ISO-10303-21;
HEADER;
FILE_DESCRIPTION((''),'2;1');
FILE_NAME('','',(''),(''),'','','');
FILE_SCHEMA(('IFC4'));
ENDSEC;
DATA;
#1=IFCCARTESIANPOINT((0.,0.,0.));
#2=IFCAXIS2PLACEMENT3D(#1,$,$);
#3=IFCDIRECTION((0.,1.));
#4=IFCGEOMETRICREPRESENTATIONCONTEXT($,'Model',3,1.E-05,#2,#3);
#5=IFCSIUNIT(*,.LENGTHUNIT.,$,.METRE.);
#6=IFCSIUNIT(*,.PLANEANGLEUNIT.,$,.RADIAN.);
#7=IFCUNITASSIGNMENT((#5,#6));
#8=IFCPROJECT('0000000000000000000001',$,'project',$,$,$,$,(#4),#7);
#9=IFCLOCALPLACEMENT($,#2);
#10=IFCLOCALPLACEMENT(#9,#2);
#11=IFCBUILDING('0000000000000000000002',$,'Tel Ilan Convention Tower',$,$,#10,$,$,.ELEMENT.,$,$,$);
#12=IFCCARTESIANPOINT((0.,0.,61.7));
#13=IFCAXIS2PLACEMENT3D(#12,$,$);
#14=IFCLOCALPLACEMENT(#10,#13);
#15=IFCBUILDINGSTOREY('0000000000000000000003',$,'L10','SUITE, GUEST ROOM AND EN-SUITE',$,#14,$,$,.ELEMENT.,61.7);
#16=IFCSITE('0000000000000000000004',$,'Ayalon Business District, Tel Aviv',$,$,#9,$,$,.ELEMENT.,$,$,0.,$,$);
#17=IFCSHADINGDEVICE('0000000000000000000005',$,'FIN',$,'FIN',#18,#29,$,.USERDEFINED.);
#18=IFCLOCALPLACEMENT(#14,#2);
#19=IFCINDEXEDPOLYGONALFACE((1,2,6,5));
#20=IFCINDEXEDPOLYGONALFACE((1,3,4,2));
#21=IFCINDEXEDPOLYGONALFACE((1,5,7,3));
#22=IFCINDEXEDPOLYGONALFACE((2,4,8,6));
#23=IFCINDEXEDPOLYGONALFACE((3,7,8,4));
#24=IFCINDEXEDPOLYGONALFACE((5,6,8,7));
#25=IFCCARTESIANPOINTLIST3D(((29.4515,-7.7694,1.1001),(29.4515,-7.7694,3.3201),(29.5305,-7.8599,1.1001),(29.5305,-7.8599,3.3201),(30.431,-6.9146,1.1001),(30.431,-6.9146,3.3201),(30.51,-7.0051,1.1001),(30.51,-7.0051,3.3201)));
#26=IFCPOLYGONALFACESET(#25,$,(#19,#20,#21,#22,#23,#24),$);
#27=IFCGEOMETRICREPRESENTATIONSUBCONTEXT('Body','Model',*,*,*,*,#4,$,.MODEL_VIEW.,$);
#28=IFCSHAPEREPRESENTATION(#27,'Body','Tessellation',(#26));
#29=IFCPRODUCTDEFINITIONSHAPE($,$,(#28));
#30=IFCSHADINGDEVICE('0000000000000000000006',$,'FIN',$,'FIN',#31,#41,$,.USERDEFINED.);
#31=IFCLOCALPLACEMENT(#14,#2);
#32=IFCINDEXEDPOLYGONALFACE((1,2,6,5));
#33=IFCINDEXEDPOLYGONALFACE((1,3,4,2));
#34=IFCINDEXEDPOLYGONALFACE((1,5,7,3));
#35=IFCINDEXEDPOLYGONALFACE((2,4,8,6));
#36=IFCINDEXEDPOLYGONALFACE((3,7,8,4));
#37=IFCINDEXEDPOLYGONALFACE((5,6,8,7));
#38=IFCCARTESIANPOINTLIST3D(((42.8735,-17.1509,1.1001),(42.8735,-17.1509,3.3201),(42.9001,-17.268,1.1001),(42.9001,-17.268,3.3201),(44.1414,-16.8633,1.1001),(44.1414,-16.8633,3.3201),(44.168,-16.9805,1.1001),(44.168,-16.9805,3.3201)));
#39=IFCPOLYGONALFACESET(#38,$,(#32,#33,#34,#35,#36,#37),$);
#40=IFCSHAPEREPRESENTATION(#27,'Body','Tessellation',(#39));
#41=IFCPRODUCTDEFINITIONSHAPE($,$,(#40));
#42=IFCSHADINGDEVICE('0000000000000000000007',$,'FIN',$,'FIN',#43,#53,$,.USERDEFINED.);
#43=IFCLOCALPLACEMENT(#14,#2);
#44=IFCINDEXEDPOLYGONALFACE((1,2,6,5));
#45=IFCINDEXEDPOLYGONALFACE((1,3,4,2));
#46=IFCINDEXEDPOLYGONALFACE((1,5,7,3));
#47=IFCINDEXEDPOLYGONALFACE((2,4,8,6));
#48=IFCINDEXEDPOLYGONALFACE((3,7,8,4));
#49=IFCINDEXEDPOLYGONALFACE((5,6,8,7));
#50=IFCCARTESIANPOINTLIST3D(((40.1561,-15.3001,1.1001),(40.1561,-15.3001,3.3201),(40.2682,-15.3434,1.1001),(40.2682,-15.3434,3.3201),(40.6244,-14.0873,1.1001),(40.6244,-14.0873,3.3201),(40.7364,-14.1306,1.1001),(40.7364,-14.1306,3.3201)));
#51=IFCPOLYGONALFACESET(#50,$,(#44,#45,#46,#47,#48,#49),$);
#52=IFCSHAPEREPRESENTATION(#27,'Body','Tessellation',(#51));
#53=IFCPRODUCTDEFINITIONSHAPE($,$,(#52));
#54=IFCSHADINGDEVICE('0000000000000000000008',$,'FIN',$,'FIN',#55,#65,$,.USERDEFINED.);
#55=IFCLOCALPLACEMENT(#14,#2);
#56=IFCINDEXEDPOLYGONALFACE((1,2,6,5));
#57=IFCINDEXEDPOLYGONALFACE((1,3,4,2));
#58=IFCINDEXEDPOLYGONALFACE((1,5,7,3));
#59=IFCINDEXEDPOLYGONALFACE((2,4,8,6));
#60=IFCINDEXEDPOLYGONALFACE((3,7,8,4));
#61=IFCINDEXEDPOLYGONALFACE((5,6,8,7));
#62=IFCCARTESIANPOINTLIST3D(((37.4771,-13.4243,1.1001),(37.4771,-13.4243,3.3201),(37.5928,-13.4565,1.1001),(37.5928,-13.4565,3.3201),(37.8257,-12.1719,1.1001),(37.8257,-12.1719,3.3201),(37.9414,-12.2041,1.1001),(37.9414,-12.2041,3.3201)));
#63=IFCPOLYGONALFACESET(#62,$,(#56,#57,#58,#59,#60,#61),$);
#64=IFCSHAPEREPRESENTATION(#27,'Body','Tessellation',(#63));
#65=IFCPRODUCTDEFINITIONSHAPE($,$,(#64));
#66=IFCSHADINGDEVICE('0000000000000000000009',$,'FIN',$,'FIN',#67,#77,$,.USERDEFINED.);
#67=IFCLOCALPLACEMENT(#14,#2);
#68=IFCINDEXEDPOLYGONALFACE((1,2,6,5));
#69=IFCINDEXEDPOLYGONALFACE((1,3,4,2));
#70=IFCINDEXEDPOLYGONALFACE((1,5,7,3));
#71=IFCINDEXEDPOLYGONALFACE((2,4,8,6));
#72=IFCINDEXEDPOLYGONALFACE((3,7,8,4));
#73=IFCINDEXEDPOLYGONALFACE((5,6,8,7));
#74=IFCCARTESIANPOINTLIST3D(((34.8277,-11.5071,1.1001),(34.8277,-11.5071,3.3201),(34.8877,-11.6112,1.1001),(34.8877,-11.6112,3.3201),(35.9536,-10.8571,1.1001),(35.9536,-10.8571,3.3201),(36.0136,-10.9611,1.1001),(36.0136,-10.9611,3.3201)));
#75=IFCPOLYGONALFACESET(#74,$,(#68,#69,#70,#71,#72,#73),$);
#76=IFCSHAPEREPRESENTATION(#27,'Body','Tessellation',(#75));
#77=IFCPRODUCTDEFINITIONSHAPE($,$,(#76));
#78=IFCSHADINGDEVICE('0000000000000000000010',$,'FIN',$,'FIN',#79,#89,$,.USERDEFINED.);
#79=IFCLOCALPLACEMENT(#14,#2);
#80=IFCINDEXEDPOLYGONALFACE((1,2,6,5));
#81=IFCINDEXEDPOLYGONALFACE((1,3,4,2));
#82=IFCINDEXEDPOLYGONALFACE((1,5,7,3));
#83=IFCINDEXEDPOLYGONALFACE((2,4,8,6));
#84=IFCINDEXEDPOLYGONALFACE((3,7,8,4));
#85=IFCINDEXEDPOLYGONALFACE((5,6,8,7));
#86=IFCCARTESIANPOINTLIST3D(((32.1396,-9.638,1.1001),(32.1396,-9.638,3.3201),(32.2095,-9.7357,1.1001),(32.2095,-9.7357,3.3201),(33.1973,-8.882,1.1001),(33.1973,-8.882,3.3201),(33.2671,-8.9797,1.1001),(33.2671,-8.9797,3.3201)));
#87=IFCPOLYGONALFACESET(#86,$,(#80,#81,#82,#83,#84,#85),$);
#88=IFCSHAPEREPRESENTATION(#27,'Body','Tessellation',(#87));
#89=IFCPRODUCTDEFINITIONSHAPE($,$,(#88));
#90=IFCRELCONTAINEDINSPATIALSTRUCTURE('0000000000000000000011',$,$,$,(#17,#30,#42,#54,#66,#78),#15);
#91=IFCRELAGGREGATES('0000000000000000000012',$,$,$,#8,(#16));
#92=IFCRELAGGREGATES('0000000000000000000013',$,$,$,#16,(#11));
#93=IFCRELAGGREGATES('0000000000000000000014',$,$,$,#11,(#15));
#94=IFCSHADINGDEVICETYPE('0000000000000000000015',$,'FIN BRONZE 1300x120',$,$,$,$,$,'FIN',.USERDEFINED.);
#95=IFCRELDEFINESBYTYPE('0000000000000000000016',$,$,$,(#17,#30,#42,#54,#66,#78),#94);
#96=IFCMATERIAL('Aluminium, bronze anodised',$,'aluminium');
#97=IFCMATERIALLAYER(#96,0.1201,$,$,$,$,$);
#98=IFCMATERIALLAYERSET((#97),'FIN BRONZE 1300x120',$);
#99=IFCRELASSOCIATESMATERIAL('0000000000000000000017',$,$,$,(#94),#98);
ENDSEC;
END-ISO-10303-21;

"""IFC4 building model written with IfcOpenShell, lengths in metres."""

from ifc_helpers import new_model, si_unit, direction, frame, origin, origin_2d, place, context, subcontext, project, spatial, rectangle, extrude, material, layer, layer_set, type_object, element, save


model = new_model("IFC4")

# Units and contexts
model_context = context("Model", 3, precision=1e-05, world=origin(), true_north=direction((0.0, 1.0)))
body_context = subcontext(model_context, "Body", "Model", "MODEL_VIEW")
ifc_project = project(units=[si_unit("LENGTHUNIT", "METRE"), si_unit("PLANEANGLEUNIT", "RADIAN")], contexts=[model_context])

# Site, building, storey
site_placement = place(None, origin())
site = spatial("IfcSite", under=ifc_project, at=site_placement, Name="Ayalon Business District, Tel Aviv", CompositionType="ELEMENT", RefElevation=0.0)
building_placement = place(site_placement, origin())
building = spatial("IfcBuilding", under=site, at=building_placement, Name="Tel Ilan Convention Tower", CompositionType="ELEMENT")
storey_placement = place(building_placement, frame((0.0, 0.0, 61.7)))
storey = spatial("IfcBuildingStorey", under=building, at=storey_placement, Name="L10", Description="SUITE, GUEST ROOM AND EN-SUITE", CompositionType="ELEMENT", Elevation=61.7)

# Shading devices
ifc_material_1 = material(Name="Aluminium, bronze anodised", Category="aluminium")
ifc_layer_1 = layer(ifc_material_1, 0.1201)
ifc_layer_set_1 = layer_set([ifc_layer_1], Name="FIN BRONZE 1300x120")
shading_device_type = type_object("IfcShadingDeviceType", Name="FIN BRONZE 1300x120", ElementType="FIN", PredefinedType="USERDEFINED", material=ifc_layer_set_1)
for number, where, z_axis, x_axis, name in (
    (1, (29.9807, -7.3872, 1.1001), (0.0, 0.0, 1.0), (0.753436, 0.657521, 0.0), "FIN"),
    (2, (43.5208, -17.0657, 1.1001), (0.0, 0.0, 1.0), (0.975235, 0.22117, 0.0), "FIN"),
    (3, (40.4463, -14.7153, 1.1001), (0.0, 0.0, 1.0), (0.360178, 0.932884, 0.0), "FIN"),
    (4, (37.7092, -12.8142, 1.1001), (0.0, 0.0, 1.0), (0.268173, 0.963371, 0.0), "FIN"),
    (5, (35.4207, -11.2341, 1.1001), (0.0, 0.0, 1.0), (0.866025, 0.5, 0.0), "FIN"),
    (6, (32.7034, -9.3088, 1.1001), (0.0, 0.0, 1.0), (0.813552, 0.581492, 0.0), "FIN"),
):
    element("IfcShadingDevice", number, at=place(storey_placement, frame(where, z_axis=z_axis, x_axis=x_axis)), inside=storey, type_object=shading_device_type, Name=name, ObjectType="FIN", PredefinedType="USERDEFINED", context=body_context, shape_type="SweptSolid", body=[
        extrude(rectangle(XDim=1.3, YDim=0.1201, at=origin_2d()), origin(), (0.0, 0.0, 1.0), 2.22),
    ])

save(model, "model.ifc")
